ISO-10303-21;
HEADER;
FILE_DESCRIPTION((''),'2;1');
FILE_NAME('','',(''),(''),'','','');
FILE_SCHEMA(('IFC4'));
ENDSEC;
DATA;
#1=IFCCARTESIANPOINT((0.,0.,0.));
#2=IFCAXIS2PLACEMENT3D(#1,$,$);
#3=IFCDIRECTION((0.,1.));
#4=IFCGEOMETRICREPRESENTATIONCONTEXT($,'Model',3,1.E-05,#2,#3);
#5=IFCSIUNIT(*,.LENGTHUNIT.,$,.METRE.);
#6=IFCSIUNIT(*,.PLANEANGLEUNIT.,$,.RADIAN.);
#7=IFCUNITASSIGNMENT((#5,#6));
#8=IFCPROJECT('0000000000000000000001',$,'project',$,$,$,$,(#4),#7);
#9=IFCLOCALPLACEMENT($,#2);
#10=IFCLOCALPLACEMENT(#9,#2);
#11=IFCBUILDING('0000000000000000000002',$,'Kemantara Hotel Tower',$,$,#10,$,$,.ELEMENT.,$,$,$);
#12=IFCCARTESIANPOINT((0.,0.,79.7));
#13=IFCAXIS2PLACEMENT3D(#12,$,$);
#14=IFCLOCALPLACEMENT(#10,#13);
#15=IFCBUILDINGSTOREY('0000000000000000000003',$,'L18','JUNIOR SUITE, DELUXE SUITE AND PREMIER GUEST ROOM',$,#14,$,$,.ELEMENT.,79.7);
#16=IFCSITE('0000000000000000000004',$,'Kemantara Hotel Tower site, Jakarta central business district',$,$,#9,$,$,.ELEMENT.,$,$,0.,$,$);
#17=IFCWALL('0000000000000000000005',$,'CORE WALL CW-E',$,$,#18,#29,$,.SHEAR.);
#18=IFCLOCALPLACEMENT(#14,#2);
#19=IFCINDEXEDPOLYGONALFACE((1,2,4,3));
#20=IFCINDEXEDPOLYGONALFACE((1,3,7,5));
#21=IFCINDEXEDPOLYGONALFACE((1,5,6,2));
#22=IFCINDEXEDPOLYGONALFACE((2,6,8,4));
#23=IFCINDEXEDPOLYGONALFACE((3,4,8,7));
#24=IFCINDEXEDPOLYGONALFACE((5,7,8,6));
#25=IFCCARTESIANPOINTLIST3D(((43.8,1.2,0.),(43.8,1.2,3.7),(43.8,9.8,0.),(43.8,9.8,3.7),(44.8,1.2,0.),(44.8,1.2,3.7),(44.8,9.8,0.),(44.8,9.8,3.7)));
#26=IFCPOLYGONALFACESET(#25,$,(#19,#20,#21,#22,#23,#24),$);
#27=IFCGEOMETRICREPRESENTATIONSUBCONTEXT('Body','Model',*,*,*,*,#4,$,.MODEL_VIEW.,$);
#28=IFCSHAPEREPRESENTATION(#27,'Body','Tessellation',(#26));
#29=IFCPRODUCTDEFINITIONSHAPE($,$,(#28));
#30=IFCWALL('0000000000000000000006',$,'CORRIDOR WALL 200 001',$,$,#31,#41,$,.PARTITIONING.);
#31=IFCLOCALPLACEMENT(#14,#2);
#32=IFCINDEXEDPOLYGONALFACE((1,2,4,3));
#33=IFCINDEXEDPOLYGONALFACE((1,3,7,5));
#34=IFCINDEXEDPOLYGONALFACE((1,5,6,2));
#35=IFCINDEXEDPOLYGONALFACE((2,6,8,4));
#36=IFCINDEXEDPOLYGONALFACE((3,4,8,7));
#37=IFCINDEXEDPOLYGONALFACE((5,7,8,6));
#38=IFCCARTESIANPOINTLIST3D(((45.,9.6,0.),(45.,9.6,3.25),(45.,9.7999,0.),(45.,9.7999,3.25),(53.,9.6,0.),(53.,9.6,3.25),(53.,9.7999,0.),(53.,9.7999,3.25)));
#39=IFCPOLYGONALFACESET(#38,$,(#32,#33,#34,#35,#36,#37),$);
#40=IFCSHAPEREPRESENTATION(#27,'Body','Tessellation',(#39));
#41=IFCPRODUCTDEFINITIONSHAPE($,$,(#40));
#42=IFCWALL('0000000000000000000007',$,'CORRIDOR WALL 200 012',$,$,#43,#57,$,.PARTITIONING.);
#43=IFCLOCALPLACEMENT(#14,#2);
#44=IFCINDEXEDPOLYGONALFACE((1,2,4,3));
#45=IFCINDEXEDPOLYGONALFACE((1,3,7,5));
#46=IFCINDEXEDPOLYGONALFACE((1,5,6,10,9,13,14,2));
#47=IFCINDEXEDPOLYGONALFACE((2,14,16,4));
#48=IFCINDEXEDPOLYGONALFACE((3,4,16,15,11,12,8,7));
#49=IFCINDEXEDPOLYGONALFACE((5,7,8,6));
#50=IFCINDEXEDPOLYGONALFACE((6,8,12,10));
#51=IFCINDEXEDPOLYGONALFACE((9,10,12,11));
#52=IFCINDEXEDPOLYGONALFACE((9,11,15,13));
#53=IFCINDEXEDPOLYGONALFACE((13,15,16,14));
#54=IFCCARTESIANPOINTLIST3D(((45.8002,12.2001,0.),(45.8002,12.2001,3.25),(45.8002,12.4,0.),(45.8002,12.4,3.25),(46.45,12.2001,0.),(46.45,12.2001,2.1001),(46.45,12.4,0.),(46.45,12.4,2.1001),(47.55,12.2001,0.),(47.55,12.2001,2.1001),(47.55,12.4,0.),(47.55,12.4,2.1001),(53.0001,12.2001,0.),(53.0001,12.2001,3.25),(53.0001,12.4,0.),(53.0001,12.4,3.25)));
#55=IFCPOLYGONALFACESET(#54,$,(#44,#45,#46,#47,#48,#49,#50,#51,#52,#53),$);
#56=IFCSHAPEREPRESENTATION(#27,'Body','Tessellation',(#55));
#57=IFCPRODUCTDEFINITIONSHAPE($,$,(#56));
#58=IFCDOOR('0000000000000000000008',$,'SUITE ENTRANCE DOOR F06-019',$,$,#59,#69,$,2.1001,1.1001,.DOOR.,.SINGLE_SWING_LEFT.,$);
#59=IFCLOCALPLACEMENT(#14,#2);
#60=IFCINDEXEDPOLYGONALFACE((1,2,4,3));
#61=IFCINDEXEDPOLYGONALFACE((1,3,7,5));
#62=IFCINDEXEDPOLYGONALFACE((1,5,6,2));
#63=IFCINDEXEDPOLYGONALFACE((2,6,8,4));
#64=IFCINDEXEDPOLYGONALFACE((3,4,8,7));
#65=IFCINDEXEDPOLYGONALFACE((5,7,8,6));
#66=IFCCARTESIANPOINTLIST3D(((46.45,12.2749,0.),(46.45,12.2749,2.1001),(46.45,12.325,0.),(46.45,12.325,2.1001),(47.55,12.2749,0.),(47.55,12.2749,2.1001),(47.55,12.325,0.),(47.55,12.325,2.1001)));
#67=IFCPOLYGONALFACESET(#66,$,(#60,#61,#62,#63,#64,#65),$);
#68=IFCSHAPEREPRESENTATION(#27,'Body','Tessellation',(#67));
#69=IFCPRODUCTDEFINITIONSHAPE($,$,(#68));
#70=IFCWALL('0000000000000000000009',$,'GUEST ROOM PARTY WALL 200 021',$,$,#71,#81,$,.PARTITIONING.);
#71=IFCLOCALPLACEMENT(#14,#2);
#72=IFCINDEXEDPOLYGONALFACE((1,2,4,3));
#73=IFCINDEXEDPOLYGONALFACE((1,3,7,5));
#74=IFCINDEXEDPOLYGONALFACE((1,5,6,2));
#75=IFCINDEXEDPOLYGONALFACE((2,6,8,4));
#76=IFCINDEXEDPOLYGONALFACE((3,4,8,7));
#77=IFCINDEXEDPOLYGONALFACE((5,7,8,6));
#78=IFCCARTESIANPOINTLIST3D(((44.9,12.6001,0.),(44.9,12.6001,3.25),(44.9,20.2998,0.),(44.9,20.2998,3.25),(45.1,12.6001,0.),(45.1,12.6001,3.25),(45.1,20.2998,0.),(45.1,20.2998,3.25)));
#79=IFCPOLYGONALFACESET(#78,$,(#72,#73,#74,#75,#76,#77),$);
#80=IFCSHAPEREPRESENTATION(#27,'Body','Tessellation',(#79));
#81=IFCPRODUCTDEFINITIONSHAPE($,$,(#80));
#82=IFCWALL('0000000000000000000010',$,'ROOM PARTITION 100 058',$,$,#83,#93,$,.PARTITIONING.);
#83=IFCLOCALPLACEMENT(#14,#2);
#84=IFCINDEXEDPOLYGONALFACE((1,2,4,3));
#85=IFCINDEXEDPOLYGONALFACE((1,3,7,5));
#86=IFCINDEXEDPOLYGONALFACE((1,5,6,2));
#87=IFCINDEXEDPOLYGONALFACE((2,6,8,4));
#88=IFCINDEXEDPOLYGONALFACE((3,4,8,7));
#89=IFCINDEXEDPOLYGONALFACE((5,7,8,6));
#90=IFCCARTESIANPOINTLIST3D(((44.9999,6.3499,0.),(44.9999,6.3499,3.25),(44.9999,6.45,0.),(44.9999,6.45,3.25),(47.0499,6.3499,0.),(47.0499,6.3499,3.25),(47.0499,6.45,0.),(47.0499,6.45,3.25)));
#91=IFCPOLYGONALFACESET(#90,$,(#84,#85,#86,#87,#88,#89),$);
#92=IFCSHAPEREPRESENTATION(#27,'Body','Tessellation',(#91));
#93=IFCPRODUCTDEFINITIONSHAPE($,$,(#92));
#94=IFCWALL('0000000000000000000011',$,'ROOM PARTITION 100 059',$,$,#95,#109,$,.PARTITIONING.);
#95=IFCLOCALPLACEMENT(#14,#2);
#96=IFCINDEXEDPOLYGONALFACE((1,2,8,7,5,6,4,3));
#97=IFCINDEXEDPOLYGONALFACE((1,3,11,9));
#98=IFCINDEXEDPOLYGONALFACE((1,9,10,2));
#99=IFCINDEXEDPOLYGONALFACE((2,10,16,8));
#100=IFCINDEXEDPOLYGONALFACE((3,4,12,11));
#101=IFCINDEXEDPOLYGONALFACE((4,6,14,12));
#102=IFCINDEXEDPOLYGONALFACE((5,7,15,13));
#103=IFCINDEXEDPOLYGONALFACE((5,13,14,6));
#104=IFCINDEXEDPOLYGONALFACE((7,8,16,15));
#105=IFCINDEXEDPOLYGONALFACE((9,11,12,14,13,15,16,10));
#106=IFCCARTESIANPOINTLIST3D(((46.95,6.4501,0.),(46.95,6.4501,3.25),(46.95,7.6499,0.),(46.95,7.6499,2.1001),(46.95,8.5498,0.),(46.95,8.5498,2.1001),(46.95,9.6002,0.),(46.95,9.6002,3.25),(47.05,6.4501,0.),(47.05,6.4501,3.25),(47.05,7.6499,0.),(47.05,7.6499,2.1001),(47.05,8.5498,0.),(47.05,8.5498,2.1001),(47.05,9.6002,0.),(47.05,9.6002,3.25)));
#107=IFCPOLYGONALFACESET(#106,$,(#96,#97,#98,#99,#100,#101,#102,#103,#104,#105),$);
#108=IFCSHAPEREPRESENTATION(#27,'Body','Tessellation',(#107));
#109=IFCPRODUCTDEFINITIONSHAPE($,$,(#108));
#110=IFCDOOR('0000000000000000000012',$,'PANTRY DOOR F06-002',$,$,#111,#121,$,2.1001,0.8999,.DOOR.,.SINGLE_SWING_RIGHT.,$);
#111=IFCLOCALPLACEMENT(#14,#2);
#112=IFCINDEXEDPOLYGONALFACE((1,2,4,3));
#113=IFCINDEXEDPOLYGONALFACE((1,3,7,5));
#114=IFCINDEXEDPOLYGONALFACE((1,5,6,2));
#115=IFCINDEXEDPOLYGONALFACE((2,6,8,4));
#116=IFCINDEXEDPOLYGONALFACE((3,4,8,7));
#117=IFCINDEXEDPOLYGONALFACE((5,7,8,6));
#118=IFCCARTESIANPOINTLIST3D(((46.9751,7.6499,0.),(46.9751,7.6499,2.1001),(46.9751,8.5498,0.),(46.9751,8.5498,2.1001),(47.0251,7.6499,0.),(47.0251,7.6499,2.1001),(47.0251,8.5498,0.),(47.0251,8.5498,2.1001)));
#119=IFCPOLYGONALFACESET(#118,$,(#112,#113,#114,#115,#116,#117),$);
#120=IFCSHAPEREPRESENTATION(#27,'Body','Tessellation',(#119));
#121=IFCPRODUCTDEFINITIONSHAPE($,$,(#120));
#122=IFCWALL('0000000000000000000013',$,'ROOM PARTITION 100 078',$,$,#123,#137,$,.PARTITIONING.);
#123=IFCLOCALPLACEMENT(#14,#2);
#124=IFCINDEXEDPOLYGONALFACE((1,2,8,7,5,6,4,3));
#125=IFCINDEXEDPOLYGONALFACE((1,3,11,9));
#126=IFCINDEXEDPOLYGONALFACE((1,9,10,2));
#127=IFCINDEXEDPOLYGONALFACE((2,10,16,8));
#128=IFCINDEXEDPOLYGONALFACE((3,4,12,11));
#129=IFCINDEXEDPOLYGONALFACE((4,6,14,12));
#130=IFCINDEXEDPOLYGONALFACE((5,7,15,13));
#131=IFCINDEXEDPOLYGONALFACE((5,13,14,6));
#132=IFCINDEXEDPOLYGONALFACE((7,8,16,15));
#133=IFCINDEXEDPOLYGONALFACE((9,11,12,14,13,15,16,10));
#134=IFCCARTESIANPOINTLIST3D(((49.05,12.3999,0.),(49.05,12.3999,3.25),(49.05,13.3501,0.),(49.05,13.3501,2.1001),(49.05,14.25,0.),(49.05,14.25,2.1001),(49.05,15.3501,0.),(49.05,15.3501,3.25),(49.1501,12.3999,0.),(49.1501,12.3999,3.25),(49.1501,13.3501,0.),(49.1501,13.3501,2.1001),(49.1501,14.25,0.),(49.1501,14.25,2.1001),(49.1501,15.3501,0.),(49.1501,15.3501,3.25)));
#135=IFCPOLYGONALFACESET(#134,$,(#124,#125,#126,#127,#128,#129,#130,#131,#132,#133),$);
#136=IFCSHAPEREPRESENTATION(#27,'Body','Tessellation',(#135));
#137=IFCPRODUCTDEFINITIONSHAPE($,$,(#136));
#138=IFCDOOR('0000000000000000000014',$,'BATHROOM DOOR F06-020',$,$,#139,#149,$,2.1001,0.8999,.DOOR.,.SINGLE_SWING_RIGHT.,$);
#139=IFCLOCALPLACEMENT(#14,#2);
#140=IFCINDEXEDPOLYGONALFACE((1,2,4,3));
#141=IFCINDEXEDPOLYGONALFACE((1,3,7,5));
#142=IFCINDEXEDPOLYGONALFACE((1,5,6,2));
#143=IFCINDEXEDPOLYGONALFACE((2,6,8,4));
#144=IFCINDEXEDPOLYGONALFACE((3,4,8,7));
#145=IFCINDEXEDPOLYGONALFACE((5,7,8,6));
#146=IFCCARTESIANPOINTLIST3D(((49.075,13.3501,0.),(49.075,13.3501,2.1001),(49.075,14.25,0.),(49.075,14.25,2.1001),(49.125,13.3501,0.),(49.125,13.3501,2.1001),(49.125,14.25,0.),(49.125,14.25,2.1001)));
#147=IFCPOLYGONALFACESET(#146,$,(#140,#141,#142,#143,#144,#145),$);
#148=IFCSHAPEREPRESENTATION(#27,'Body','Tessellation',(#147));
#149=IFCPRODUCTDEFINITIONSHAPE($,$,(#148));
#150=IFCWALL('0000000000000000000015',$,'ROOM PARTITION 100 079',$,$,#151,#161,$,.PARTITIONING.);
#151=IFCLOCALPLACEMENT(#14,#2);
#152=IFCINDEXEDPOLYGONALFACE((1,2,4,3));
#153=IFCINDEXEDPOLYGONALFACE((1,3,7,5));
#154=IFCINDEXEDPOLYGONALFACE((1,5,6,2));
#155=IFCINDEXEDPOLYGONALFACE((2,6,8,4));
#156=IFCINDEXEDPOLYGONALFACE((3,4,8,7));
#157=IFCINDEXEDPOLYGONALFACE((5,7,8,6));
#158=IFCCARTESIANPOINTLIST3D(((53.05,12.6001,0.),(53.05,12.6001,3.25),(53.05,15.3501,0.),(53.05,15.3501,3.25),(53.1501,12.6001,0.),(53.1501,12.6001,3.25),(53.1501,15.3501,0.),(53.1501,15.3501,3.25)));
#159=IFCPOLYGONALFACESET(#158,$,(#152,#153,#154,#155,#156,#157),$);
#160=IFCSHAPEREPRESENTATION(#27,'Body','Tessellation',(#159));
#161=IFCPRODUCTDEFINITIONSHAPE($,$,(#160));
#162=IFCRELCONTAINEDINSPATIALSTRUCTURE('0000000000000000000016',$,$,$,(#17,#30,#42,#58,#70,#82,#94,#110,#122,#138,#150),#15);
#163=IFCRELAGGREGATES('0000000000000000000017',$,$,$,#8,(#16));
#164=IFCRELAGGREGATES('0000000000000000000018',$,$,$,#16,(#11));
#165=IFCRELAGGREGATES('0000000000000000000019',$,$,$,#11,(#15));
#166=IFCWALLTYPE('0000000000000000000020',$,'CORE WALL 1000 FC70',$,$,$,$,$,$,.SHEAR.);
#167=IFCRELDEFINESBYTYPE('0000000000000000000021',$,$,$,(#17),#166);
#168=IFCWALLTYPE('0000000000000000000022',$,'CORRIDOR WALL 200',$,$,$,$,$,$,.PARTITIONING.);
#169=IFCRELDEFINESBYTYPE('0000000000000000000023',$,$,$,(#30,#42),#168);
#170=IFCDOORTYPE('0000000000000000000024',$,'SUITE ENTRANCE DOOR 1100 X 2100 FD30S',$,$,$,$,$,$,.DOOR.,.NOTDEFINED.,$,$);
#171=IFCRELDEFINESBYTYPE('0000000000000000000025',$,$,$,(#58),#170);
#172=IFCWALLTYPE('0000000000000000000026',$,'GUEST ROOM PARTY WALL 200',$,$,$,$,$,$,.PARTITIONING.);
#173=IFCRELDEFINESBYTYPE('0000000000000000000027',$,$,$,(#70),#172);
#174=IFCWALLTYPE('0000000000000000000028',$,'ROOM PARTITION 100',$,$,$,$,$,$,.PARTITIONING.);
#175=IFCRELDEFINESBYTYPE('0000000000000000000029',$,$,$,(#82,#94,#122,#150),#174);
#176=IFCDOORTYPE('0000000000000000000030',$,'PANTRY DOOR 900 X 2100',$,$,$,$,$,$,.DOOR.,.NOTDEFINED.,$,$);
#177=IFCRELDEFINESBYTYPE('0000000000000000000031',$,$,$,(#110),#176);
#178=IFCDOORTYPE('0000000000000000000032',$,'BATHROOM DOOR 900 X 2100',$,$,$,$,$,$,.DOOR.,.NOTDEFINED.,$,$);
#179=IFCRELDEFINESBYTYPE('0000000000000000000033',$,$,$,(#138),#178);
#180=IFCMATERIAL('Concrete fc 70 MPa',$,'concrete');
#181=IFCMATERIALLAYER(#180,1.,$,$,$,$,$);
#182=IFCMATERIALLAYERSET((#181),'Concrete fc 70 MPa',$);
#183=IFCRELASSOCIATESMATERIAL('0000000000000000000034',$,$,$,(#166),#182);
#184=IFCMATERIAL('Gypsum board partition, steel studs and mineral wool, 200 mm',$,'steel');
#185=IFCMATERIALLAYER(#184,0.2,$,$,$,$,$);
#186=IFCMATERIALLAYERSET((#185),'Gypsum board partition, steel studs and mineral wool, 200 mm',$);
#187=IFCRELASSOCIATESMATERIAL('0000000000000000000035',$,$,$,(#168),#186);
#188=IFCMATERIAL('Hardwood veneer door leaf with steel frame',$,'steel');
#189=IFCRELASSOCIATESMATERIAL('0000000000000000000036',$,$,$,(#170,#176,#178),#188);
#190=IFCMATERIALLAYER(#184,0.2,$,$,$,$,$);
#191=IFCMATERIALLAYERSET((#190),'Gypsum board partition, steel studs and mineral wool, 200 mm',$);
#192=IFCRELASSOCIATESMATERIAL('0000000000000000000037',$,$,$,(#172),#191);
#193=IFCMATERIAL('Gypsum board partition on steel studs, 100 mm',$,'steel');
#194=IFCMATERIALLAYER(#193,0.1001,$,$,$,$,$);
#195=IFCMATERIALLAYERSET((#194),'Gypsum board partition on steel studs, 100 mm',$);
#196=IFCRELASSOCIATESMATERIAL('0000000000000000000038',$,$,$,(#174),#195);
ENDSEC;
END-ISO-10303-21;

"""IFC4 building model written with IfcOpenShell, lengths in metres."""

from ifc_helpers import new_model, si_unit, direction, frame, frame_2d, origin, place, context, subcontext, project, spatial, rectangle, extrude, material, layer, layer_set, type_object, element, fill, save


model = new_model("IFC4")

# Units and contexts
model_context = context("Model", 3, precision=1e-05, world=origin(), true_north=direction((0.0, 1.0)))
body_context = subcontext(model_context, "Body", "Model", "MODEL_VIEW")
ifc_project = project(units=[si_unit("LENGTHUNIT", "METRE"), si_unit("PLANEANGLEUNIT", "RADIAN")], contexts=[model_context])

# Site, building, storey
site_placement = place(None, origin())
site = spatial("IfcSite", under=ifc_project, at=site_placement, Name="Kemantara Hotel Tower site, Jakarta central business district", CompositionType="ELEMENT", RefElevation=0.0)
building_placement = place(site_placement, origin())
building = spatial("IfcBuilding", under=site, at=building_placement, Name="Kemantara Hotel Tower", CompositionType="ELEMENT")
storey_placement = place(building_placement, frame((0.0, 0.0, 79.7)))
storey = spatial("IfcBuildingStorey", under=building, at=storey_placement, Name="L18", Description="JUNIOR SUITE, DELUXE SUITE AND PREMIER GUEST ROOM", CompositionType="ELEMENT", Elevation=79.7)

# Shared definitions
ifc_material_1 = material(Name="Concrete fc 70 MPa", Category="concrete")

# Walls
ifc_layer_1 = layer(ifc_material_1, 1.0)
ifc_layer_set_1 = layer_set([ifc_layer_1], Name="Concrete fc 70 MPa")
wall_type_1 = type_object("IfcWallType", Name="CORE WALL 1000 FC70", PredefinedType="SHEAR", material=ifc_layer_set_1)
wall_1_placement = place(storey_placement, frame((44.3, 1.2, 0.0), z_axis=(0.0, 0.0, 1.0), x_axis=(0.0, 1.0, 0.0)))
element("IfcWall", 1, at=wall_1_placement, inside=storey, type_object=wall_type_1, Name="CORE WALL CW-E", PredefinedType="SHEAR", context=body_context, shape_type="SweptSolid", body=[
    extrude(rectangle(XDim=8.6001, YDim=1.0, at=frame_2d((4.3, 0.0))), origin(), (0.0, 0.0, 1.0), 3.7),
])
ifc_material_2 = material(Name="Gypsum board partition, steel studs and mineral wool, 200 mm", Category="steel")
ifc_layer_2 = layer(ifc_material_2, 0.2)
ifc_layer_set_2 = layer_set([ifc_layer_2], Name="Gypsum board partition, steel studs and mineral wool, 200 mm")
wall_type_2 = type_object("IfcWallType", Name="CORRIDOR WALL 200", PredefinedType="PARTITIONING", material=ifc_layer_set_2)
wall_2_placement = place(storey_placement, frame((45.0, 9.7, 0.0), z_axis=(0.0, 0.0, 1.0), x_axis=(1.0, 0.0, 0.0)))
element("IfcWall", 2, at=wall_2_placement, inside=storey, type_object=wall_type_2, Name="CORRIDOR WALL 200 001", PredefinedType="PARTITIONING", context=body_context, shape_type="SweptSolid", body=[
    extrude(rectangle(XDim=8.0, YDim=0.2, at=frame_2d((4.0, 0.0))), origin(), (0.0, 0.0, 1.0), 3.25),
])

# Wall, opening, door
wall_3_placement = place(storey_placement, frame((45.8, 12.3, 0.0), z_axis=(0.0, 0.0, 1.0), x_axis=(1.0, 0.0, 0.0)))
wall_3 = element("IfcWall", 3, at=wall_3_placement, inside=storey, type_object=wall_type_2, Name="CORRIDOR WALL 200 012", PredefinedType="PARTITIONING", context=body_context, shape_type="SweptSolid", body=[
    extrude(rectangle(XDim=7.2, YDim=0.2, at=frame_2d((3.6001, 0.0))), origin(), (0.0, 0.0, 1.0), 3.25),
])
opening_1_placement = place(wall_3_placement, frame((0.6499, 0.0, 0.0)))
opening_1 = element("IfcOpeningElement", 4, at=opening_1_placement, cuts=wall_3, PredefinedType="OPENING", context=body_context, shape_type="SweptSolid", body=[
    extrude(rectangle(XDim=1.1001, YDim=2.1001, at=frame_2d((0.55, 1.05))), frame((0.0, 0.1099, 0.0), z_axis=(0.0, -1.0, 0.0), x_axis=(1.0, 0.0, 0.0)), (0.0, 0.0, 1.0), 0.22),
])
ifc_material_3 = material(Name="Hardwood veneer door leaf with steel frame", Category="steel")
door_type_1 = type_object("IfcDoorType", Name="SUITE ENTRANCE DOOR 1100 X 2100 FD30S", OperationType="NOTDEFINED", PredefinedType="DOOR", material=ifc_material_3)
door_1_placement = place(opening_1_placement, origin())
door_1 = element("IfcDoor", 5, at=door_1_placement, inside=storey, type_object=door_type_1, Name="SUITE ENTRANCE DOOR F06-019", OperationType="SINGLE_SWING_LEFT", OverallHeight=2.1001, OverallWidth=1.1001, PredefinedType="DOOR", context=body_context, shape_type="SweptSolid", body=[
    extrude(rectangle(XDim=1.1001, YDim=2.1001, at=frame_2d((0.55, 1.05))), frame((0.0, 0.0249, 0.0), z_axis=(0.0, -1.0, 0.0), x_axis=(1.0, 0.0, 0.0)), (0.0, 0.0, 1.0), 0.05),
])
fill(opening_1, door_1)

# Walls
ifc_layer_3 = layer(ifc_material_2, 0.2)
ifc_layer_set_3 = layer_set([ifc_layer_3], Name="Gypsum board partition, steel studs and mineral wool, 200 mm")
wall_type_3 = type_object("IfcWallType", Name="GUEST ROOM PARTY WALL 200", PredefinedType="PARTITIONING", material=ifc_layer_set_3)
wall_4_placement = place(storey_placement, frame((45.0, 12.6001, 0.0), z_axis=(0.0, 0.0, 1.0), x_axis=(0.0, 1.0, 0.0)))
element("IfcWall", 6, at=wall_4_placement, inside=storey, type_object=wall_type_3, Name="GUEST ROOM PARTY WALL 200 021", PredefinedType="PARTITIONING", context=body_context, shape_type="SweptSolid", body=[
    extrude(rectangle(XDim=7.6997, YDim=0.2, at=frame_2d((3.8499, 0.0))), origin(), (0.0, 0.0, 1.0), 3.25),
])
ifc_material_4 = material(Name="Gypsum board partition on steel studs, 100 mm", Category="steel")
ifc_layer_4 = layer(ifc_material_4, 0.1001)
ifc_layer_set_4 = layer_set([ifc_layer_4], Name="Gypsum board partition on steel studs, 100 mm")
wall_type_4 = type_object("IfcWallType", Name="ROOM PARTITION 100", PredefinedType="PARTITIONING", material=ifc_layer_set_4)
wall_5_placement = place(storey_placement, frame((45.0, 6.3999, 0.0), z_axis=(0.0, 0.0, 1.0), x_axis=(1.0, 0.0, 0.0)))
element("IfcWall", 7, at=wall_5_placement, inside=storey, type_object=wall_type_4, Name="ROOM PARTITION 100 058", PredefinedType="PARTITIONING", context=body_context, shape_type="SweptSolid", body=[
    extrude(rectangle(XDim=2.05, YDim=0.1001, at=frame_2d((1.0249, 0.0))), origin(), (0.0, 0.0, 1.0), 3.25),
])

# Walls, openings, doors
wall_6_placement = place(storey_placement, frame((47.0, 6.45, 0.0), z_axis=(0.0, 0.0, 1.0), x_axis=(0.0, 1.0, 0.0)))
wall_6 = element("IfcWall", 8, at=wall_6_placement, inside=storey, type_object=wall_type_4, Name="ROOM PARTITION 100 059", PredefinedType="PARTITIONING", context=body_context, shape_type="SweptSolid", body=[
    extrude(rectangle(XDim=3.1501, YDim=0.1001, at=frame_2d((1.5752, 0.0))), origin(), (0.0, 0.0, 1.0), 3.25),
])
opening_2_placement = place(wall_6_placement, frame((1.2, 0.0, 0.0)))
opening_2 = element("IfcOpeningElement", 9, at=opening_2_placement, cuts=wall_6, PredefinedType="OPENING", context=body_context, shape_type="SweptSolid", body=[
    extrude(rectangle(XDim=0.8999, YDim=2.1001, at=frame_2d((0.45, 1.05))), frame((0.0, 0.0601, 0.0), z_axis=(0.0, -1.0, 0.0), x_axis=(1.0, 0.0, 0.0)), (0.0, 0.0, 1.0), 0.1201),
])
door_type_2 = type_object("IfcDoorType", Name="PANTRY DOOR 900 X 2100", OperationType="NOTDEFINED", PredefinedType="DOOR", material=ifc_material_3)
door_2_placement = place(opening_2_placement, origin())
door_2 = element("IfcDoor", 10, at=door_2_placement, inside=storey, type_object=door_type_2, Name="PANTRY DOOR F06-002", OperationType="SINGLE_SWING_RIGHT", OverallHeight=2.1001, OverallWidth=0.8999, PredefinedType="DOOR", context=body_context, shape_type="SweptSolid", body=[
    extrude(rectangle(XDim=0.8999, YDim=2.1001, at=frame_2d((0.45, 1.05))), frame((0.0, 0.0249, 0.0), z_axis=(0.0, -1.0, 0.0), x_axis=(1.0, 0.0, 0.0)), (0.0, 0.0, 1.0), 0.05),
])
fill(opening_2, door_2)
wall_7_placement = place(storey_placement, frame((49.1001, 15.3501, 0.0), z_axis=(0.0, 0.0, 1.0), x_axis=(0.0, -1.0, 0.0)))
wall_7 = element("IfcWall", 11, at=wall_7_placement, inside=storey, type_object=wall_type_4, Name="ROOM PARTITION 100 078", PredefinedType="PARTITIONING", context=body_context, shape_type="SweptSolid", body=[
    extrude(rectangle(XDim=2.9502, YDim=0.1001, at=frame_2d((1.4751, 0.0))), origin(), (0.0, 0.0, 1.0), 3.25),
])
opening_3_placement = place(wall_7_placement, frame((1.1001, 0.0, 0.0)))
opening_3 = element("IfcOpeningElement", 12, at=opening_3_placement, cuts=wall_7, PredefinedType="OPENING", context=body_context, shape_type="SweptSolid", body=[
    extrude(rectangle(XDim=0.8999, YDim=2.1001, at=frame_2d((0.45, 1.05))), frame((0.0, 0.0601, 0.0), z_axis=(0.0, -1.0, 0.0), x_axis=(1.0, 0.0, 0.0)), (0.0, 0.0, 1.0), 0.1201),
])
door_type_3 = type_object("IfcDoorType", Name="BATHROOM DOOR 900 X 2100", OperationType="NOTDEFINED", PredefinedType="DOOR", material=ifc_material_3)
door_3_placement = place(opening_3_placement, origin())
door_3 = element("IfcDoor", 13, at=door_3_placement, inside=storey, type_object=door_type_3, Name="BATHROOM DOOR F06-020", OperationType="SINGLE_SWING_RIGHT", OverallHeight=2.1001, OverallWidth=0.8999, PredefinedType="DOOR", context=body_context, shape_type="SweptSolid", body=[
    extrude(rectangle(XDim=0.8999, YDim=2.1001, at=frame_2d((0.45, 1.05))), frame((0.0, 0.0249, 0.0), z_axis=(0.0, -1.0, 0.0), x_axis=(1.0, 0.0, 0.0)), (0.0, 0.0, 1.0), 0.05),
])
fill(opening_3, door_3)

# Wall
wall_8_placement = place(storey_placement, frame((53.1001, 12.6001, 0.0), z_axis=(0.0, 0.0, 1.0), x_axis=(0.0, 1.0, 0.0)))
element("IfcWall", 14, at=wall_8_placement, inside=storey, type_object=wall_type_4, Name="ROOM PARTITION 100 079", PredefinedType="PARTITIONING", context=body_context, shape_type="SweptSolid", body=[
    extrude(rectangle(XDim=2.75, YDim=0.1001, at=frame_2d((1.375, 0.0))), origin(), (0.0, 0.0, 1.0), 3.25),
])

save(model, "model.ifc")
